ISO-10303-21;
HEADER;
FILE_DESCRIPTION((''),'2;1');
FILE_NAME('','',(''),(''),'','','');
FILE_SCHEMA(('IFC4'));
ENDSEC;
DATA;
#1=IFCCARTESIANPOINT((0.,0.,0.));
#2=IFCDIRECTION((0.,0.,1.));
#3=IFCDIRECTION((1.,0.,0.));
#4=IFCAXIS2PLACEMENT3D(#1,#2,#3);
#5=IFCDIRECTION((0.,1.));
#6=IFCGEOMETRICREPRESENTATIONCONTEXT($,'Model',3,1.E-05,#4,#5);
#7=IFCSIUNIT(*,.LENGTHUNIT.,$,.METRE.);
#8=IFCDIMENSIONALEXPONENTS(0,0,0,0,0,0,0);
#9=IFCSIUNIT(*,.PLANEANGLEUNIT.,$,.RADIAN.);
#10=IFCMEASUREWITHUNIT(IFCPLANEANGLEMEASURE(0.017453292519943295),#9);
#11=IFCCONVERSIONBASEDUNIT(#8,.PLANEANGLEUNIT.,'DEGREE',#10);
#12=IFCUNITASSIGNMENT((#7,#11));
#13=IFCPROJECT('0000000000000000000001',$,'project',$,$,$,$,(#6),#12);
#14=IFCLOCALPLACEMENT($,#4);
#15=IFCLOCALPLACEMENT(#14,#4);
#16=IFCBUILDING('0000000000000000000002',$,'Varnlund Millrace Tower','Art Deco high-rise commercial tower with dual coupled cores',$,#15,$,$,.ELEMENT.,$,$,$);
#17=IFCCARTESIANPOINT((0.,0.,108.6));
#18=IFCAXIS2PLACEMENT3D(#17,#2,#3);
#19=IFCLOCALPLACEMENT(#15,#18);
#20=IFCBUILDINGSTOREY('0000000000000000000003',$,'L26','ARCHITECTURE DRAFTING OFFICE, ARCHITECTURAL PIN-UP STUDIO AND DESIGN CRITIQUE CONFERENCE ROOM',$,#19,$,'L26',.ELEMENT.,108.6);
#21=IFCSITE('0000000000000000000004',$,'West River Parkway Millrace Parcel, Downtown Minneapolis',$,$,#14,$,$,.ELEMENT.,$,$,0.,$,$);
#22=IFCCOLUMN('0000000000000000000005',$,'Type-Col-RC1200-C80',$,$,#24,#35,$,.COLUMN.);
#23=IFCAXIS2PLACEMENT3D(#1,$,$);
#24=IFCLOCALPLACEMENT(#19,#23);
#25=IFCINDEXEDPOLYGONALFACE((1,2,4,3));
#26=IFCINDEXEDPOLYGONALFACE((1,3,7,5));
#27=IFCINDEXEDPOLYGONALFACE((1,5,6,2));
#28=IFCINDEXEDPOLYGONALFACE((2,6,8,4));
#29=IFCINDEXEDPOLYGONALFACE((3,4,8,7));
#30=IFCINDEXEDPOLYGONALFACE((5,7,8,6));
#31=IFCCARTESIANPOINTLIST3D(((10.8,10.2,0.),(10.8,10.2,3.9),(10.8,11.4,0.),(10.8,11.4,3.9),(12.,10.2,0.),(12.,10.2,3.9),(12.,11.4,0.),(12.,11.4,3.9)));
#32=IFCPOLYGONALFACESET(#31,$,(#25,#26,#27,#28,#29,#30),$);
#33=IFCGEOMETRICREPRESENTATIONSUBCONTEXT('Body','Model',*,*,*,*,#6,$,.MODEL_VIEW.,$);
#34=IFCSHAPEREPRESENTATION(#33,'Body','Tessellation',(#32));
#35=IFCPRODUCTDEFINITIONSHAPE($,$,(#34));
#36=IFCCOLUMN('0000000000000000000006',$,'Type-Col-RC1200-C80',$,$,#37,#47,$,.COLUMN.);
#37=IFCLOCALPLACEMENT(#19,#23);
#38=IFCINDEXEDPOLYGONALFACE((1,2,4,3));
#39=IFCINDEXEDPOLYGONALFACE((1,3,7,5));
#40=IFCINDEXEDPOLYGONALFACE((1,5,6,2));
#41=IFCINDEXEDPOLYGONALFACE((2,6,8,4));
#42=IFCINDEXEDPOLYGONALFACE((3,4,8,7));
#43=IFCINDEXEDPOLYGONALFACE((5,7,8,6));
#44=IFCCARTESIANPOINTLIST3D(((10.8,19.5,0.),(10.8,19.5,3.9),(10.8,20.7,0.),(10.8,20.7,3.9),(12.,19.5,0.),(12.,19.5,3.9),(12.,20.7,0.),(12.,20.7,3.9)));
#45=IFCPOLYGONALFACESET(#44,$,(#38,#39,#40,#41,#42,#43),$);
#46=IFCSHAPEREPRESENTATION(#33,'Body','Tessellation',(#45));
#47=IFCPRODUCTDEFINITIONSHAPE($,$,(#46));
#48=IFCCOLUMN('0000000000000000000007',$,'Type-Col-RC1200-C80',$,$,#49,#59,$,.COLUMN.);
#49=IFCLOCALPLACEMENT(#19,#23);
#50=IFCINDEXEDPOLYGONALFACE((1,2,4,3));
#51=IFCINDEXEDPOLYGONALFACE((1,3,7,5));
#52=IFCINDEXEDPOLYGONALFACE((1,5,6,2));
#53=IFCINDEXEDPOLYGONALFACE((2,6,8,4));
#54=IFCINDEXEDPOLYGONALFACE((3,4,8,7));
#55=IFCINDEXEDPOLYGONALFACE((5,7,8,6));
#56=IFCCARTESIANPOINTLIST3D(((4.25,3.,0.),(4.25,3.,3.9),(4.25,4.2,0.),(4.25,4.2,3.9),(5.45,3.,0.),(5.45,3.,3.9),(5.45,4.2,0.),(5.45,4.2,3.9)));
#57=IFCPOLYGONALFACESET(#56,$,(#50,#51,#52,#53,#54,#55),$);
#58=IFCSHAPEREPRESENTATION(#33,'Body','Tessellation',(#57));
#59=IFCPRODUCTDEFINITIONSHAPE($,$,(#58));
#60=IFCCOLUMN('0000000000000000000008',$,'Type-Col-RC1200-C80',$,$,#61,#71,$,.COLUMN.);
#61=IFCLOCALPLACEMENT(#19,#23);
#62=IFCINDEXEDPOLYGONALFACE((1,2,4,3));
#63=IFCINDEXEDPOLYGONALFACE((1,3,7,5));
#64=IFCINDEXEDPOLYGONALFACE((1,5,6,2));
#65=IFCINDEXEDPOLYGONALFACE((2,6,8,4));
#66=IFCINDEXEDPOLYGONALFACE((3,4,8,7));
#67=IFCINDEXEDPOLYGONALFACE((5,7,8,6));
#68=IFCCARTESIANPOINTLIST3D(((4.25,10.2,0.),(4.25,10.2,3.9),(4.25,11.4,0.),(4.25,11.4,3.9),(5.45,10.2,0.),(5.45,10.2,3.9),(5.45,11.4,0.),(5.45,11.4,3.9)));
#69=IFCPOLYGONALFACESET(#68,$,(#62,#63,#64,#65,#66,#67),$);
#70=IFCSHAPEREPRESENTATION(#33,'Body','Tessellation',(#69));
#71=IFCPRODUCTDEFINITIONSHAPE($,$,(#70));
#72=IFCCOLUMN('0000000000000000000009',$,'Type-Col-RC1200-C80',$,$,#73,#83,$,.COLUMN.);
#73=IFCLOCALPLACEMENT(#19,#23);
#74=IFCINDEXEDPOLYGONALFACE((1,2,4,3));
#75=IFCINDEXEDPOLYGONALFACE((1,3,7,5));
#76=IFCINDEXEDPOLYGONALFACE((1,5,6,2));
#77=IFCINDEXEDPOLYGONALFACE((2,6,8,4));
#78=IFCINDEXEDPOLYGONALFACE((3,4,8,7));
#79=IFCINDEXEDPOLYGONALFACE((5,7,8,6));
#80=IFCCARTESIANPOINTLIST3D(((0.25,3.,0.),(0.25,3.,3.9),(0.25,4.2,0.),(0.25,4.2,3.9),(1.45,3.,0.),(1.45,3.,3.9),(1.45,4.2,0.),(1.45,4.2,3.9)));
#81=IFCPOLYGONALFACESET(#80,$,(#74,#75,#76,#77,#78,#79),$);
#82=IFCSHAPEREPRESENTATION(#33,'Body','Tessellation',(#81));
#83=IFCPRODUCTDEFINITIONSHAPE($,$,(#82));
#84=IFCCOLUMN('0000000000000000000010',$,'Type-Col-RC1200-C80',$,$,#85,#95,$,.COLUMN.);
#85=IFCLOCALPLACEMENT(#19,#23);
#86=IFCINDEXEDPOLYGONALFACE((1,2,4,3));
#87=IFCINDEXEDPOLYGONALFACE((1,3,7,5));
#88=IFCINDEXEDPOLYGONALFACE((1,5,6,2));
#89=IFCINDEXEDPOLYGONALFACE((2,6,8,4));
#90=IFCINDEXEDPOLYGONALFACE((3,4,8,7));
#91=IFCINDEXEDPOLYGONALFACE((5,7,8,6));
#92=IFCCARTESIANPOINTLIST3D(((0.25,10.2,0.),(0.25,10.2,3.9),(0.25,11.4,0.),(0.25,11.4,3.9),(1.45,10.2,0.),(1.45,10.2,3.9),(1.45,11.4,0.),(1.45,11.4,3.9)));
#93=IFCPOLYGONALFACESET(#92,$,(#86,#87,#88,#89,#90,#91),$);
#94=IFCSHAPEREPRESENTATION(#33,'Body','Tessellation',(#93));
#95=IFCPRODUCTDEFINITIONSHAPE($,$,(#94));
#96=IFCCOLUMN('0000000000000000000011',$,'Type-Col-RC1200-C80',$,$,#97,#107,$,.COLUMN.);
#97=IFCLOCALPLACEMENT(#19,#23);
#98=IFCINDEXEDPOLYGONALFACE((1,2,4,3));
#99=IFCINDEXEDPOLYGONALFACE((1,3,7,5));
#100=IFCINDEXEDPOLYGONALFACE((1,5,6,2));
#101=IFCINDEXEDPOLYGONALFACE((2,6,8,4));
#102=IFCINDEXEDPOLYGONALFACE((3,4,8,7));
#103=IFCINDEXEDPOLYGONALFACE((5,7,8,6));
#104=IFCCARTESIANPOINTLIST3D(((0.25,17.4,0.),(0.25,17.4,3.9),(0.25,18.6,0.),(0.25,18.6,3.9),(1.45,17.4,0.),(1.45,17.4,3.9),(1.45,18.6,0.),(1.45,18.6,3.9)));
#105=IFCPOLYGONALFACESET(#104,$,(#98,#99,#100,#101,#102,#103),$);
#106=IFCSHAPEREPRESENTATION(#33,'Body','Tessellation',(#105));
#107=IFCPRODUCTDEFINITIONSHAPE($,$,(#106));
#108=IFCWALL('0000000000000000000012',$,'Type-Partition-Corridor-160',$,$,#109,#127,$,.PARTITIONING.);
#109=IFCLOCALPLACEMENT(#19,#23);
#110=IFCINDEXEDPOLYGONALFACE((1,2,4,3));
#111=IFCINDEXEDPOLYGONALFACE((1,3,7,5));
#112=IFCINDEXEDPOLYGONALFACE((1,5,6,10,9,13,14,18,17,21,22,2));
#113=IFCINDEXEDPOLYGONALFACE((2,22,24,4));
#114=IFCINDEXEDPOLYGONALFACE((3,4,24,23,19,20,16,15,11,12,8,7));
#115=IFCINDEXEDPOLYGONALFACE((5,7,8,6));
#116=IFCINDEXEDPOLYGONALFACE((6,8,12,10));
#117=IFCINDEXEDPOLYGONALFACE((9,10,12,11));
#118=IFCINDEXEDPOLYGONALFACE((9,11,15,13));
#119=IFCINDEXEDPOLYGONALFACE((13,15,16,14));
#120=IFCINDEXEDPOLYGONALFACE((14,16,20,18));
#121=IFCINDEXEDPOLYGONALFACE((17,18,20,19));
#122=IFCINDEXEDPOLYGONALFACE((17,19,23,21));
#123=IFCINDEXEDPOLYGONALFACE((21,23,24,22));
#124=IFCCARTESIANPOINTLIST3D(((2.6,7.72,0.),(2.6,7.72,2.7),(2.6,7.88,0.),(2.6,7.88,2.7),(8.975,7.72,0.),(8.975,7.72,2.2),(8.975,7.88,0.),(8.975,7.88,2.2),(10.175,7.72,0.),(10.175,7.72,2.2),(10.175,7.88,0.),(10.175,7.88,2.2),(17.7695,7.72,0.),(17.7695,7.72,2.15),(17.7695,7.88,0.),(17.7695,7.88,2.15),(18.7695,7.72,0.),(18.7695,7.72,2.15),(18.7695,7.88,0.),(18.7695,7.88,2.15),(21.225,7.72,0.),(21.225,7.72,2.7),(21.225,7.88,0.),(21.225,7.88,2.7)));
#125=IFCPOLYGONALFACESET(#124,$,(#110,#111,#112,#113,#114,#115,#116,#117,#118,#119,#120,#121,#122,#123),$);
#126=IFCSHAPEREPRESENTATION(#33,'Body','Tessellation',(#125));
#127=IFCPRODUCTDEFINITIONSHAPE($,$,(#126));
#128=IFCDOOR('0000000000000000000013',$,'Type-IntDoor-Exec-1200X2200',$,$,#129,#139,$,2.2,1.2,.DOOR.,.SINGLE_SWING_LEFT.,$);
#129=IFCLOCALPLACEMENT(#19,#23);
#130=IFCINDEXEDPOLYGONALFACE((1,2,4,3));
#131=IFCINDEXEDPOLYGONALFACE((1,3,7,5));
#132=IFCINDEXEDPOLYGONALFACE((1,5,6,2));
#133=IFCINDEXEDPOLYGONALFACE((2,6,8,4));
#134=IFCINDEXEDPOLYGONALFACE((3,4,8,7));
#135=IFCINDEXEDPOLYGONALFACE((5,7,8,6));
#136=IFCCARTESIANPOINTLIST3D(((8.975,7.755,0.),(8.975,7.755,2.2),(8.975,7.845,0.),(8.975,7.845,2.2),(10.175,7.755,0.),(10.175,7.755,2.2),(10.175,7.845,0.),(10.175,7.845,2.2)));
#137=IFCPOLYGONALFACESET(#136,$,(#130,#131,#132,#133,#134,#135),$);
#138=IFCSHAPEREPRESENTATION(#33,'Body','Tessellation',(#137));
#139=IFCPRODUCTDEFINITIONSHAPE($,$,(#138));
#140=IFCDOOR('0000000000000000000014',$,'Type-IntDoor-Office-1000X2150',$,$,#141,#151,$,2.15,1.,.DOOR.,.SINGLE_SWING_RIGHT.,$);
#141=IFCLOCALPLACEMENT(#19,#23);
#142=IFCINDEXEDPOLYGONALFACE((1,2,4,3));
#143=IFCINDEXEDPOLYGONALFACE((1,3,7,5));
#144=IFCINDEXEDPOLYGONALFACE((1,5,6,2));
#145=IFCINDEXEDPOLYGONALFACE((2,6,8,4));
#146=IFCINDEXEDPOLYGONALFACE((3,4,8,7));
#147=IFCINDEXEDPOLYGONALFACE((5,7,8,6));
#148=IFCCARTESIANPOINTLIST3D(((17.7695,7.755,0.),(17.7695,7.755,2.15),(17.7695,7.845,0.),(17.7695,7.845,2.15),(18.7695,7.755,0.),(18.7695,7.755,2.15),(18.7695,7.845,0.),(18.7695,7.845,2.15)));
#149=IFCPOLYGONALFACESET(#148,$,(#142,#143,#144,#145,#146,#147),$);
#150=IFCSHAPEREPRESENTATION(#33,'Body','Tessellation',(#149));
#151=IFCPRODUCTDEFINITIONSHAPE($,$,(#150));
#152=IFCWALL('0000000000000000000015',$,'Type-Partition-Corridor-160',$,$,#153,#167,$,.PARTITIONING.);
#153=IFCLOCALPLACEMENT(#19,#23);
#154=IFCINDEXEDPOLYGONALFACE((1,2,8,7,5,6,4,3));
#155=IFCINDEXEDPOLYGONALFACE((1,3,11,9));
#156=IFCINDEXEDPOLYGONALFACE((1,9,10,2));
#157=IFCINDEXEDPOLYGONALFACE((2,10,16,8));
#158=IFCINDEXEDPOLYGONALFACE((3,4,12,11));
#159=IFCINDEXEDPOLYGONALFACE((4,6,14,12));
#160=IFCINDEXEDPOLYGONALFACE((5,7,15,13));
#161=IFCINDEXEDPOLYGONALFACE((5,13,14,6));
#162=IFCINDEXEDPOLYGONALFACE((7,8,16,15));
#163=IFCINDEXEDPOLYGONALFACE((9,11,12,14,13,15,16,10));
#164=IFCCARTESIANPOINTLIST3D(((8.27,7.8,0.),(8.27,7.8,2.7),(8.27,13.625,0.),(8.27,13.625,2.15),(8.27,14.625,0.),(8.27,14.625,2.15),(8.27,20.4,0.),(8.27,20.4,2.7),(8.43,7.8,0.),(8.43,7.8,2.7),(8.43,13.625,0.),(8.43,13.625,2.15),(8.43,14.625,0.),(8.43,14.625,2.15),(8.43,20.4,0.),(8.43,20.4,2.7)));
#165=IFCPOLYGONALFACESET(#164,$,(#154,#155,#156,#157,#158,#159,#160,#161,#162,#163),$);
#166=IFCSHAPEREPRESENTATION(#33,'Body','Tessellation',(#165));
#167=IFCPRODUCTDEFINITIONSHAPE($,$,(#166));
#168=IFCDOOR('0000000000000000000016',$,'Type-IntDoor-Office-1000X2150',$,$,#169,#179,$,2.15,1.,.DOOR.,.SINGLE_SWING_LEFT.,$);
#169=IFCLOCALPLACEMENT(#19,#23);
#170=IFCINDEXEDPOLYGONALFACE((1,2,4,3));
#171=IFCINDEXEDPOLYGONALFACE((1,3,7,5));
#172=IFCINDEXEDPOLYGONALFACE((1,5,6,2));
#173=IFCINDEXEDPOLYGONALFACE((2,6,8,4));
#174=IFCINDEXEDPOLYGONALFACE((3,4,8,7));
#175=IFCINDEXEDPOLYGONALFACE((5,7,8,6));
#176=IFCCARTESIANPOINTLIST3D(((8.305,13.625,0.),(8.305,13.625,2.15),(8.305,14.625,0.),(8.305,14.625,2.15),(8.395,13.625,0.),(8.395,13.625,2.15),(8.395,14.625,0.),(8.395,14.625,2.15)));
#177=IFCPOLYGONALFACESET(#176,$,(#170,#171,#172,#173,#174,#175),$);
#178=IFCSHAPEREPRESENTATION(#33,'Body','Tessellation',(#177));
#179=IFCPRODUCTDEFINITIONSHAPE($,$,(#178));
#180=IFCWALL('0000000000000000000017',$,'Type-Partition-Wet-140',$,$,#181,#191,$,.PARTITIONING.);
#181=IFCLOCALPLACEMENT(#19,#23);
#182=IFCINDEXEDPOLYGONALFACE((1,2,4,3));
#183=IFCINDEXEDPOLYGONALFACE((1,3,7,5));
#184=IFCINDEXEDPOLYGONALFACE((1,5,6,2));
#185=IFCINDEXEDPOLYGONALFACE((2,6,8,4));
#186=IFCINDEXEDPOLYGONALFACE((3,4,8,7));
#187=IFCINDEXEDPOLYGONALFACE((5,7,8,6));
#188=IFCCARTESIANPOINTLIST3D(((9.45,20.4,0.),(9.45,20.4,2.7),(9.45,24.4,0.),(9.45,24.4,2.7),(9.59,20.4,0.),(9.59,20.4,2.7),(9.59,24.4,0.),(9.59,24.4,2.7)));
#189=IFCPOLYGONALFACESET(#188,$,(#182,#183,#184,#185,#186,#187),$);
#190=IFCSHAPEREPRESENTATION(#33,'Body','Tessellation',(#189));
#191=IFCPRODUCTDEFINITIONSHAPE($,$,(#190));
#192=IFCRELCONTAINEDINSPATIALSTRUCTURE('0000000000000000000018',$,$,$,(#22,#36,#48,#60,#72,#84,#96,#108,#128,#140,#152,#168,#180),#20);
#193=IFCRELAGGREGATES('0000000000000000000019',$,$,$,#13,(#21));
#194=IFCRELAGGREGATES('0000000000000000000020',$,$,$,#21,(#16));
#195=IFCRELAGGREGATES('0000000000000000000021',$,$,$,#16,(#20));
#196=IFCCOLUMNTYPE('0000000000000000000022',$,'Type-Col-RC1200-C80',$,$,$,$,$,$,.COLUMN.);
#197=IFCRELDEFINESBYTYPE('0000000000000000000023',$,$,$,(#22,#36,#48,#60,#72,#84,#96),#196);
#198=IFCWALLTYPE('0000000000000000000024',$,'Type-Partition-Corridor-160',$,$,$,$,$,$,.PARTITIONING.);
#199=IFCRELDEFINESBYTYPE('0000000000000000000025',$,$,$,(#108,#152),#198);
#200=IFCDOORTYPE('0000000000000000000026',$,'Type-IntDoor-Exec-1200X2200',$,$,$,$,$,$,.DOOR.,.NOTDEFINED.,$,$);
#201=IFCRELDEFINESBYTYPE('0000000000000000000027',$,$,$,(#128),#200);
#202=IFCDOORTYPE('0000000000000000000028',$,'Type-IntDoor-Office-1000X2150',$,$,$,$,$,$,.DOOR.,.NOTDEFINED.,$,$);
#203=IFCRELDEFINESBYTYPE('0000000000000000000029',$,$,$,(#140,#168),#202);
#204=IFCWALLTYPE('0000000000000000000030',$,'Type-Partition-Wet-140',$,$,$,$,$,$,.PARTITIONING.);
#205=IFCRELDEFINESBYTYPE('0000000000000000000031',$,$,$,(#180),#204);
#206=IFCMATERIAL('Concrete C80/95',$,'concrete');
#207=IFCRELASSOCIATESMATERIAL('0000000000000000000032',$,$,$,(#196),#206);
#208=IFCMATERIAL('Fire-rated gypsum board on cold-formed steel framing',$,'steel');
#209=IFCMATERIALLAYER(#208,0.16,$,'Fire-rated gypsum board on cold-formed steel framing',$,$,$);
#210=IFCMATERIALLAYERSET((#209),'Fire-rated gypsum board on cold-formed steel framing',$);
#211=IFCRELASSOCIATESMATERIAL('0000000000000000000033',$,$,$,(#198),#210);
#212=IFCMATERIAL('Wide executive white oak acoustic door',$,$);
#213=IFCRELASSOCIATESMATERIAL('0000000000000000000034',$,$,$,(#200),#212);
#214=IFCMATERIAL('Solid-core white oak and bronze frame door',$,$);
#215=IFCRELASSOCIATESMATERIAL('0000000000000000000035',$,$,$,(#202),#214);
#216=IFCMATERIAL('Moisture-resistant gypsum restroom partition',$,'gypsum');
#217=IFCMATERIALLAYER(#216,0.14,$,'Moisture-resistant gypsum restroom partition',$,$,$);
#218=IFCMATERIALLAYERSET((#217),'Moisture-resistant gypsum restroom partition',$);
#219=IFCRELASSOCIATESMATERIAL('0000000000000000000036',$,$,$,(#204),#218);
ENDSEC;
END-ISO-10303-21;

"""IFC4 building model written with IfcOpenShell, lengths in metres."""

from ifc_helpers import new_model, entity, si_unit, converted_unit, direction, frame, origin_with_axes, origin_2d_with_axis, place, context, subcontext, project, spatial, polyline, rectangle, outline, extrude, material, layer, layer_set, material_profile, profile_set, type_object, element, fill, save


model = new_model("IFC4")

# Units and contexts
model_context = context("Model", 3, precision=1e-05, world=origin_with_axes(), true_north=direction((0.0, 1.0)))
body_context = subcontext(model_context, "Body", "Model", "MODEL_VIEW")
ifc_project = project(units=[si_unit("LENGTHUNIT", "METRE"), converted_unit("PLANEANGLEUNIT", "DEGREE", entity("IfcPlaneAngleMeasure", 0.017453292519943295), si_unit("PLANEANGLEUNIT", "RADIAN"), dimensions=[0, 0, 0, 0, 0, 0, 0])], contexts=[model_context])

# Site, building, storey
site_placement = place(None, origin_with_axes())
site = spatial("IfcSite", under=ifc_project, at=site_placement, Name="West River Parkway Millrace Parcel, Downtown Minneapolis", CompositionType="ELEMENT", RefElevation=0.0)
building_placement = place(site_placement, origin_with_axes())
building = spatial("IfcBuilding", under=site, at=building_placement, Name="Varnlund Millrace Tower", Description="Art Deco high-rise commercial tower with dual coupled cores", CompositionType="ELEMENT")
storey_placement = place(building_placement, frame((0.0, 0.0, 108.6), z_axis=(0.0, 0.0, 1.0), x_axis=(1.0, 0.0, 0.0)))
storey = spatial("IfcBuildingStorey", under=building, at=storey_placement, Name="L26", Description="ARCHITECTURE DRAFTING OFFICE, ARCHITECTURAL PIN-UP STUDIO AND DESIGN CRITIQUE CONFERENCE ROOM", LongName="L26", CompositionType="ELEMENT", Elevation=108.6)

# Columns
ifc_material_1 = material(Name="Concrete C80/95", Category="concrete")
ifc_material_profile = material_profile(ifc_material_1, rectangle(XDim=1.2, YDim=1.2, at=origin_2d_with_axis()), Name="Concrete C80/95")
ifc_profile_set = profile_set([ifc_material_profile], Name="Concrete C80/95")
column_type = type_object("IfcColumnType", Name="Type-Col-RC1200-C80", PredefinedType="COLUMN", material=ifc_profile_set)
for number, where, z_axis, x_axis, name in (
    (1, (11.4, 10.8, 0.0), (0.0, 0.0, 1.0), (1.0, 0.0, 0.0), "Type-Col-RC1200-C80"),
    (2, (11.4, 20.1, 0.0), (0.0, 0.0, 1.0), (1.0, 0.0, 0.0), "Type-Col-RC1200-C80"),
    (3, (4.85, 3.6, 0.0), (0.0, 0.0, 1.0), (1.0, 0.0, 0.0), "Type-Col-RC1200-C80"),
    (4, (4.85, 10.8, 0.0), (0.0, 0.0, 1.0), (1.0, 0.0, 0.0), "Type-Col-RC1200-C80"),
    (5, (0.85, 3.6, 0.0), (0.0, 0.0, 1.0), (1.0, 0.0, 0.0), "Type-Col-RC1200-C80"),
    (6, (0.85, 10.8, 0.0), (0.0, 0.0, 1.0), (1.0, 0.0, 0.0), "Type-Col-RC1200-C80"),
    (7, (0.85, 18.0, 0.0), (0.0, 0.0, 1.0), (1.0, 0.0, 0.0), "Type-Col-RC1200-C80"),
):
    element("IfcColumn", number, at=place(storey_placement, frame(where, z_axis=z_axis, x_axis=x_axis)), inside=storey, type_object=column_type, Name=name, PredefinedType="COLUMN", context=body_context, shape_type="SweptSolid", body=[
        extrude(rectangle(XDim=1.2, YDim=1.2, at=origin_2d_with_axis()), origin_with_axes(), (0.0, 0.0, 1.0), 3.9),
    ])

# Wall, openings, doors
ifc_material_2 = material(Name="Fire-rated gypsum board on cold-formed steel framing", Category="steel")
ifc_layer_1 = layer(ifc_material_2, 0.16, Name="Fire-rated gypsum board on cold-formed steel framing")
ifc_layer_set_1 = layer_set([ifc_layer_1], Name="Fire-rated gypsum board on cold-formed steel framing")
wall_type_1 = type_object("IfcWallType", Name="Type-Partition-Corridor-160", PredefinedType="PARTITIONING", material=ifc_layer_set_1)
wall_1_placement = place(storey_placement, frame((2.6, 7.8, 0.0), z_axis=(0.0, 0.0, 1.0), x_axis=(1.0, 0.0, 0.0)))
wall_1 = element("IfcWall", 8, at=wall_1_placement, inside=storey, type_object=wall_type_1, Name="Type-Partition-Corridor-160", PredefinedType="PARTITIONING", context=body_context, shape_type="SweptSolid", body=[
    extrude(outline(polyline([(0.0, -0.08), (18.625, -0.08), (18.625, 0.08), (0.0, 0.08), (0.0, -0.08)])), origin_with_axes(), (0.0, 0.0, 1.0), 2.7),
])
opening_1_placement = place(wall_1_placement, frame((6.975, 0.0, 0.0), z_axis=(0.0, 0.0, 1.0), x_axis=(1.0, 0.0, 0.0)))
opening_1 = element("IfcOpeningElement", 9, at=opening_1_placement, cuts=wall_1, PredefinedType="OPENING", context=body_context, shape_type="SweptSolid", body=[
    extrude(rectangle(XDim=1.2, YDim=0.18, at=origin_2d_with_axis()), origin_with_axes(), (0.0, 0.0, 1.0), 2.2),
])
opening_2_placement = place(wall_1_placement, frame((15.6695, 0.0, 0.0), z_axis=(0.0, 0.0, 1.0), x_axis=(1.0, 0.0, 0.0)))
opening_2 = element("IfcOpeningElement", 10, at=opening_2_placement, cuts=wall_1, PredefinedType="OPENING", context=body_context, shape_type="SweptSolid", body=[
    extrude(rectangle(XDim=1.0, YDim=0.18, at=origin_2d_with_axis()), origin_with_axes(), (0.0, 0.0, 1.0), 2.15),
])
ifc_material_3 = material(Name="Wide executive white oak acoustic door")
door_type_1 = type_object("IfcDoorType", Name="Type-IntDoor-Exec-1200X2200", OperationType="NOTDEFINED", PredefinedType="DOOR", material=ifc_material_3)
door_1_placement = place(wall_1_placement, frame((6.975, 0.0, 0.0), z_axis=(0.0, 0.0, 1.0), x_axis=(1.0, 0.0, 0.0)))
door_1 = element("IfcDoor", 11, at=door_1_placement, inside=storey, type_object=door_type_1, Name="Type-IntDoor-Exec-1200X2200", OperationType="SINGLE_SWING_LEFT", OverallHeight=2.2, OverallWidth=1.2, PredefinedType="DOOR", context=body_context, shape_type="SweptSolid", body=[
    extrude(rectangle(XDim=1.2, YDim=0.09, at=origin_2d_with_axis()), origin_with_axes(), (0.0, 0.0, 1.0), 2.2),
])
fill(opening_1, door_1)
ifc_material_4 = material(Name="Solid-core white oak and bronze frame door")
door_type_2 = type_object("IfcDoorType", Name="Type-IntDoor-Office-1000X2150", OperationType="NOTDEFINED", PredefinedType="DOOR", material=ifc_material_4)
door_2_placement = place(wall_1_placement, frame((15.6695, 0.0, 0.0), z_axis=(0.0, 0.0, 1.0), x_axis=(1.0, 0.0, 0.0)))
door_2 = element("IfcDoor", 12, at=door_2_placement, inside=storey, type_object=door_type_2, Name="Type-IntDoor-Office-1000X2150", OperationType="SINGLE_SWING_RIGHT", OverallHeight=2.15, OverallWidth=1.0, PredefinedType="DOOR", context=body_context, shape_type="SweptSolid", body=[
    extrude(rectangle(XDim=1.0, YDim=0.09, at=origin_2d_with_axis()), origin_with_axes(), (0.0, 0.0, 1.0), 2.15),
])
fill(opening_2, door_2)

# Wall, opening, door
wall_2_placement = place(storey_placement, frame((8.35, 7.8, 0.0), z_axis=(0.0, 0.0, 1.0), x_axis=(0.0, 1.0, 0.0)))
wall_2 = element("IfcWall", 13, at=wall_2_placement, inside=storey, type_object=wall_type_1, Name="Type-Partition-Corridor-160", PredefinedType="PARTITIONING", context=body_context, shape_type="SweptSolid", body=[
    extrude(outline(polyline([(0.0, -0.08), (12.6, -0.08), (12.6, 0.08), (0.0, 0.08), (0.0, -0.08)])), origin_with_axes(), (0.0, 0.0, 1.0), 2.7),
])
opening_3_placement = place(wall_2_placement, frame((6.325, 0.0, 0.0), z_axis=(0.0, 0.0, 1.0), x_axis=(1.0, 0.0, 0.0)))
opening_3 = element("IfcOpeningElement", 14, at=opening_3_placement, cuts=wall_2, PredefinedType="OPENING", context=body_context, shape_type="SweptSolid", body=[
    extrude(rectangle(XDim=1.0, YDim=0.18, at=origin_2d_with_axis()), origin_with_axes(), (0.0, 0.0, 1.0), 2.15),
])
door_3_placement = place(wall_2_placement, frame((6.325, 0.0, 0.0), z_axis=(0.0, 0.0, 1.0), x_axis=(1.0, 0.0, 0.0)))
door_3 = element("IfcDoor", 15, at=door_3_placement, inside=storey, type_object=door_type_2, Name="Type-IntDoor-Office-1000X2150", OperationType="SINGLE_SWING_LEFT", OverallHeight=2.15, OverallWidth=1.0, PredefinedType="DOOR", context=body_context, shape_type="SweptSolid", body=[
    extrude(rectangle(XDim=1.0, YDim=0.09, at=origin_2d_with_axis()), origin_with_axes(), (0.0, 0.0, 1.0), 2.15),
])
fill(opening_3, door_3)

# Wall
ifc_material_5 = material(Name="Moisture-resistant gypsum restroom partition", Category="gypsum")
ifc_layer_2 = layer(ifc_material_5, 0.14, Name="Moisture-resistant gypsum restroom partition")
ifc_layer_set_2 = layer_set([ifc_layer_2], Name="Moisture-resistant gypsum restroom partition")
wall_type_2 = type_object("IfcWallType", Name="Type-Partition-Wet-140", PredefinedType="PARTITIONING", material=ifc_layer_set_2)
wall_3_placement = place(storey_placement, frame((9.52, 20.4, 0.0), z_axis=(0.0, 0.0, 1.0), x_axis=(0.0, 1.0, 0.0)))
element("IfcWall", 16, at=wall_3_placement, inside=storey, type_object=wall_type_2, Name="Type-Partition-Wet-140", PredefinedType="PARTITIONING", context=body_context, shape_type="SweptSolid", body=[
    extrude(outline(polyline([(0.0, -0.07), (4.0, -0.07), (4.0, 0.07), (0.0, 0.07), (0.0, -0.07)])), origin_with_axes(), (0.0, 0.0, 1.0), 2.7),
])

save(model, "model.ifc")
